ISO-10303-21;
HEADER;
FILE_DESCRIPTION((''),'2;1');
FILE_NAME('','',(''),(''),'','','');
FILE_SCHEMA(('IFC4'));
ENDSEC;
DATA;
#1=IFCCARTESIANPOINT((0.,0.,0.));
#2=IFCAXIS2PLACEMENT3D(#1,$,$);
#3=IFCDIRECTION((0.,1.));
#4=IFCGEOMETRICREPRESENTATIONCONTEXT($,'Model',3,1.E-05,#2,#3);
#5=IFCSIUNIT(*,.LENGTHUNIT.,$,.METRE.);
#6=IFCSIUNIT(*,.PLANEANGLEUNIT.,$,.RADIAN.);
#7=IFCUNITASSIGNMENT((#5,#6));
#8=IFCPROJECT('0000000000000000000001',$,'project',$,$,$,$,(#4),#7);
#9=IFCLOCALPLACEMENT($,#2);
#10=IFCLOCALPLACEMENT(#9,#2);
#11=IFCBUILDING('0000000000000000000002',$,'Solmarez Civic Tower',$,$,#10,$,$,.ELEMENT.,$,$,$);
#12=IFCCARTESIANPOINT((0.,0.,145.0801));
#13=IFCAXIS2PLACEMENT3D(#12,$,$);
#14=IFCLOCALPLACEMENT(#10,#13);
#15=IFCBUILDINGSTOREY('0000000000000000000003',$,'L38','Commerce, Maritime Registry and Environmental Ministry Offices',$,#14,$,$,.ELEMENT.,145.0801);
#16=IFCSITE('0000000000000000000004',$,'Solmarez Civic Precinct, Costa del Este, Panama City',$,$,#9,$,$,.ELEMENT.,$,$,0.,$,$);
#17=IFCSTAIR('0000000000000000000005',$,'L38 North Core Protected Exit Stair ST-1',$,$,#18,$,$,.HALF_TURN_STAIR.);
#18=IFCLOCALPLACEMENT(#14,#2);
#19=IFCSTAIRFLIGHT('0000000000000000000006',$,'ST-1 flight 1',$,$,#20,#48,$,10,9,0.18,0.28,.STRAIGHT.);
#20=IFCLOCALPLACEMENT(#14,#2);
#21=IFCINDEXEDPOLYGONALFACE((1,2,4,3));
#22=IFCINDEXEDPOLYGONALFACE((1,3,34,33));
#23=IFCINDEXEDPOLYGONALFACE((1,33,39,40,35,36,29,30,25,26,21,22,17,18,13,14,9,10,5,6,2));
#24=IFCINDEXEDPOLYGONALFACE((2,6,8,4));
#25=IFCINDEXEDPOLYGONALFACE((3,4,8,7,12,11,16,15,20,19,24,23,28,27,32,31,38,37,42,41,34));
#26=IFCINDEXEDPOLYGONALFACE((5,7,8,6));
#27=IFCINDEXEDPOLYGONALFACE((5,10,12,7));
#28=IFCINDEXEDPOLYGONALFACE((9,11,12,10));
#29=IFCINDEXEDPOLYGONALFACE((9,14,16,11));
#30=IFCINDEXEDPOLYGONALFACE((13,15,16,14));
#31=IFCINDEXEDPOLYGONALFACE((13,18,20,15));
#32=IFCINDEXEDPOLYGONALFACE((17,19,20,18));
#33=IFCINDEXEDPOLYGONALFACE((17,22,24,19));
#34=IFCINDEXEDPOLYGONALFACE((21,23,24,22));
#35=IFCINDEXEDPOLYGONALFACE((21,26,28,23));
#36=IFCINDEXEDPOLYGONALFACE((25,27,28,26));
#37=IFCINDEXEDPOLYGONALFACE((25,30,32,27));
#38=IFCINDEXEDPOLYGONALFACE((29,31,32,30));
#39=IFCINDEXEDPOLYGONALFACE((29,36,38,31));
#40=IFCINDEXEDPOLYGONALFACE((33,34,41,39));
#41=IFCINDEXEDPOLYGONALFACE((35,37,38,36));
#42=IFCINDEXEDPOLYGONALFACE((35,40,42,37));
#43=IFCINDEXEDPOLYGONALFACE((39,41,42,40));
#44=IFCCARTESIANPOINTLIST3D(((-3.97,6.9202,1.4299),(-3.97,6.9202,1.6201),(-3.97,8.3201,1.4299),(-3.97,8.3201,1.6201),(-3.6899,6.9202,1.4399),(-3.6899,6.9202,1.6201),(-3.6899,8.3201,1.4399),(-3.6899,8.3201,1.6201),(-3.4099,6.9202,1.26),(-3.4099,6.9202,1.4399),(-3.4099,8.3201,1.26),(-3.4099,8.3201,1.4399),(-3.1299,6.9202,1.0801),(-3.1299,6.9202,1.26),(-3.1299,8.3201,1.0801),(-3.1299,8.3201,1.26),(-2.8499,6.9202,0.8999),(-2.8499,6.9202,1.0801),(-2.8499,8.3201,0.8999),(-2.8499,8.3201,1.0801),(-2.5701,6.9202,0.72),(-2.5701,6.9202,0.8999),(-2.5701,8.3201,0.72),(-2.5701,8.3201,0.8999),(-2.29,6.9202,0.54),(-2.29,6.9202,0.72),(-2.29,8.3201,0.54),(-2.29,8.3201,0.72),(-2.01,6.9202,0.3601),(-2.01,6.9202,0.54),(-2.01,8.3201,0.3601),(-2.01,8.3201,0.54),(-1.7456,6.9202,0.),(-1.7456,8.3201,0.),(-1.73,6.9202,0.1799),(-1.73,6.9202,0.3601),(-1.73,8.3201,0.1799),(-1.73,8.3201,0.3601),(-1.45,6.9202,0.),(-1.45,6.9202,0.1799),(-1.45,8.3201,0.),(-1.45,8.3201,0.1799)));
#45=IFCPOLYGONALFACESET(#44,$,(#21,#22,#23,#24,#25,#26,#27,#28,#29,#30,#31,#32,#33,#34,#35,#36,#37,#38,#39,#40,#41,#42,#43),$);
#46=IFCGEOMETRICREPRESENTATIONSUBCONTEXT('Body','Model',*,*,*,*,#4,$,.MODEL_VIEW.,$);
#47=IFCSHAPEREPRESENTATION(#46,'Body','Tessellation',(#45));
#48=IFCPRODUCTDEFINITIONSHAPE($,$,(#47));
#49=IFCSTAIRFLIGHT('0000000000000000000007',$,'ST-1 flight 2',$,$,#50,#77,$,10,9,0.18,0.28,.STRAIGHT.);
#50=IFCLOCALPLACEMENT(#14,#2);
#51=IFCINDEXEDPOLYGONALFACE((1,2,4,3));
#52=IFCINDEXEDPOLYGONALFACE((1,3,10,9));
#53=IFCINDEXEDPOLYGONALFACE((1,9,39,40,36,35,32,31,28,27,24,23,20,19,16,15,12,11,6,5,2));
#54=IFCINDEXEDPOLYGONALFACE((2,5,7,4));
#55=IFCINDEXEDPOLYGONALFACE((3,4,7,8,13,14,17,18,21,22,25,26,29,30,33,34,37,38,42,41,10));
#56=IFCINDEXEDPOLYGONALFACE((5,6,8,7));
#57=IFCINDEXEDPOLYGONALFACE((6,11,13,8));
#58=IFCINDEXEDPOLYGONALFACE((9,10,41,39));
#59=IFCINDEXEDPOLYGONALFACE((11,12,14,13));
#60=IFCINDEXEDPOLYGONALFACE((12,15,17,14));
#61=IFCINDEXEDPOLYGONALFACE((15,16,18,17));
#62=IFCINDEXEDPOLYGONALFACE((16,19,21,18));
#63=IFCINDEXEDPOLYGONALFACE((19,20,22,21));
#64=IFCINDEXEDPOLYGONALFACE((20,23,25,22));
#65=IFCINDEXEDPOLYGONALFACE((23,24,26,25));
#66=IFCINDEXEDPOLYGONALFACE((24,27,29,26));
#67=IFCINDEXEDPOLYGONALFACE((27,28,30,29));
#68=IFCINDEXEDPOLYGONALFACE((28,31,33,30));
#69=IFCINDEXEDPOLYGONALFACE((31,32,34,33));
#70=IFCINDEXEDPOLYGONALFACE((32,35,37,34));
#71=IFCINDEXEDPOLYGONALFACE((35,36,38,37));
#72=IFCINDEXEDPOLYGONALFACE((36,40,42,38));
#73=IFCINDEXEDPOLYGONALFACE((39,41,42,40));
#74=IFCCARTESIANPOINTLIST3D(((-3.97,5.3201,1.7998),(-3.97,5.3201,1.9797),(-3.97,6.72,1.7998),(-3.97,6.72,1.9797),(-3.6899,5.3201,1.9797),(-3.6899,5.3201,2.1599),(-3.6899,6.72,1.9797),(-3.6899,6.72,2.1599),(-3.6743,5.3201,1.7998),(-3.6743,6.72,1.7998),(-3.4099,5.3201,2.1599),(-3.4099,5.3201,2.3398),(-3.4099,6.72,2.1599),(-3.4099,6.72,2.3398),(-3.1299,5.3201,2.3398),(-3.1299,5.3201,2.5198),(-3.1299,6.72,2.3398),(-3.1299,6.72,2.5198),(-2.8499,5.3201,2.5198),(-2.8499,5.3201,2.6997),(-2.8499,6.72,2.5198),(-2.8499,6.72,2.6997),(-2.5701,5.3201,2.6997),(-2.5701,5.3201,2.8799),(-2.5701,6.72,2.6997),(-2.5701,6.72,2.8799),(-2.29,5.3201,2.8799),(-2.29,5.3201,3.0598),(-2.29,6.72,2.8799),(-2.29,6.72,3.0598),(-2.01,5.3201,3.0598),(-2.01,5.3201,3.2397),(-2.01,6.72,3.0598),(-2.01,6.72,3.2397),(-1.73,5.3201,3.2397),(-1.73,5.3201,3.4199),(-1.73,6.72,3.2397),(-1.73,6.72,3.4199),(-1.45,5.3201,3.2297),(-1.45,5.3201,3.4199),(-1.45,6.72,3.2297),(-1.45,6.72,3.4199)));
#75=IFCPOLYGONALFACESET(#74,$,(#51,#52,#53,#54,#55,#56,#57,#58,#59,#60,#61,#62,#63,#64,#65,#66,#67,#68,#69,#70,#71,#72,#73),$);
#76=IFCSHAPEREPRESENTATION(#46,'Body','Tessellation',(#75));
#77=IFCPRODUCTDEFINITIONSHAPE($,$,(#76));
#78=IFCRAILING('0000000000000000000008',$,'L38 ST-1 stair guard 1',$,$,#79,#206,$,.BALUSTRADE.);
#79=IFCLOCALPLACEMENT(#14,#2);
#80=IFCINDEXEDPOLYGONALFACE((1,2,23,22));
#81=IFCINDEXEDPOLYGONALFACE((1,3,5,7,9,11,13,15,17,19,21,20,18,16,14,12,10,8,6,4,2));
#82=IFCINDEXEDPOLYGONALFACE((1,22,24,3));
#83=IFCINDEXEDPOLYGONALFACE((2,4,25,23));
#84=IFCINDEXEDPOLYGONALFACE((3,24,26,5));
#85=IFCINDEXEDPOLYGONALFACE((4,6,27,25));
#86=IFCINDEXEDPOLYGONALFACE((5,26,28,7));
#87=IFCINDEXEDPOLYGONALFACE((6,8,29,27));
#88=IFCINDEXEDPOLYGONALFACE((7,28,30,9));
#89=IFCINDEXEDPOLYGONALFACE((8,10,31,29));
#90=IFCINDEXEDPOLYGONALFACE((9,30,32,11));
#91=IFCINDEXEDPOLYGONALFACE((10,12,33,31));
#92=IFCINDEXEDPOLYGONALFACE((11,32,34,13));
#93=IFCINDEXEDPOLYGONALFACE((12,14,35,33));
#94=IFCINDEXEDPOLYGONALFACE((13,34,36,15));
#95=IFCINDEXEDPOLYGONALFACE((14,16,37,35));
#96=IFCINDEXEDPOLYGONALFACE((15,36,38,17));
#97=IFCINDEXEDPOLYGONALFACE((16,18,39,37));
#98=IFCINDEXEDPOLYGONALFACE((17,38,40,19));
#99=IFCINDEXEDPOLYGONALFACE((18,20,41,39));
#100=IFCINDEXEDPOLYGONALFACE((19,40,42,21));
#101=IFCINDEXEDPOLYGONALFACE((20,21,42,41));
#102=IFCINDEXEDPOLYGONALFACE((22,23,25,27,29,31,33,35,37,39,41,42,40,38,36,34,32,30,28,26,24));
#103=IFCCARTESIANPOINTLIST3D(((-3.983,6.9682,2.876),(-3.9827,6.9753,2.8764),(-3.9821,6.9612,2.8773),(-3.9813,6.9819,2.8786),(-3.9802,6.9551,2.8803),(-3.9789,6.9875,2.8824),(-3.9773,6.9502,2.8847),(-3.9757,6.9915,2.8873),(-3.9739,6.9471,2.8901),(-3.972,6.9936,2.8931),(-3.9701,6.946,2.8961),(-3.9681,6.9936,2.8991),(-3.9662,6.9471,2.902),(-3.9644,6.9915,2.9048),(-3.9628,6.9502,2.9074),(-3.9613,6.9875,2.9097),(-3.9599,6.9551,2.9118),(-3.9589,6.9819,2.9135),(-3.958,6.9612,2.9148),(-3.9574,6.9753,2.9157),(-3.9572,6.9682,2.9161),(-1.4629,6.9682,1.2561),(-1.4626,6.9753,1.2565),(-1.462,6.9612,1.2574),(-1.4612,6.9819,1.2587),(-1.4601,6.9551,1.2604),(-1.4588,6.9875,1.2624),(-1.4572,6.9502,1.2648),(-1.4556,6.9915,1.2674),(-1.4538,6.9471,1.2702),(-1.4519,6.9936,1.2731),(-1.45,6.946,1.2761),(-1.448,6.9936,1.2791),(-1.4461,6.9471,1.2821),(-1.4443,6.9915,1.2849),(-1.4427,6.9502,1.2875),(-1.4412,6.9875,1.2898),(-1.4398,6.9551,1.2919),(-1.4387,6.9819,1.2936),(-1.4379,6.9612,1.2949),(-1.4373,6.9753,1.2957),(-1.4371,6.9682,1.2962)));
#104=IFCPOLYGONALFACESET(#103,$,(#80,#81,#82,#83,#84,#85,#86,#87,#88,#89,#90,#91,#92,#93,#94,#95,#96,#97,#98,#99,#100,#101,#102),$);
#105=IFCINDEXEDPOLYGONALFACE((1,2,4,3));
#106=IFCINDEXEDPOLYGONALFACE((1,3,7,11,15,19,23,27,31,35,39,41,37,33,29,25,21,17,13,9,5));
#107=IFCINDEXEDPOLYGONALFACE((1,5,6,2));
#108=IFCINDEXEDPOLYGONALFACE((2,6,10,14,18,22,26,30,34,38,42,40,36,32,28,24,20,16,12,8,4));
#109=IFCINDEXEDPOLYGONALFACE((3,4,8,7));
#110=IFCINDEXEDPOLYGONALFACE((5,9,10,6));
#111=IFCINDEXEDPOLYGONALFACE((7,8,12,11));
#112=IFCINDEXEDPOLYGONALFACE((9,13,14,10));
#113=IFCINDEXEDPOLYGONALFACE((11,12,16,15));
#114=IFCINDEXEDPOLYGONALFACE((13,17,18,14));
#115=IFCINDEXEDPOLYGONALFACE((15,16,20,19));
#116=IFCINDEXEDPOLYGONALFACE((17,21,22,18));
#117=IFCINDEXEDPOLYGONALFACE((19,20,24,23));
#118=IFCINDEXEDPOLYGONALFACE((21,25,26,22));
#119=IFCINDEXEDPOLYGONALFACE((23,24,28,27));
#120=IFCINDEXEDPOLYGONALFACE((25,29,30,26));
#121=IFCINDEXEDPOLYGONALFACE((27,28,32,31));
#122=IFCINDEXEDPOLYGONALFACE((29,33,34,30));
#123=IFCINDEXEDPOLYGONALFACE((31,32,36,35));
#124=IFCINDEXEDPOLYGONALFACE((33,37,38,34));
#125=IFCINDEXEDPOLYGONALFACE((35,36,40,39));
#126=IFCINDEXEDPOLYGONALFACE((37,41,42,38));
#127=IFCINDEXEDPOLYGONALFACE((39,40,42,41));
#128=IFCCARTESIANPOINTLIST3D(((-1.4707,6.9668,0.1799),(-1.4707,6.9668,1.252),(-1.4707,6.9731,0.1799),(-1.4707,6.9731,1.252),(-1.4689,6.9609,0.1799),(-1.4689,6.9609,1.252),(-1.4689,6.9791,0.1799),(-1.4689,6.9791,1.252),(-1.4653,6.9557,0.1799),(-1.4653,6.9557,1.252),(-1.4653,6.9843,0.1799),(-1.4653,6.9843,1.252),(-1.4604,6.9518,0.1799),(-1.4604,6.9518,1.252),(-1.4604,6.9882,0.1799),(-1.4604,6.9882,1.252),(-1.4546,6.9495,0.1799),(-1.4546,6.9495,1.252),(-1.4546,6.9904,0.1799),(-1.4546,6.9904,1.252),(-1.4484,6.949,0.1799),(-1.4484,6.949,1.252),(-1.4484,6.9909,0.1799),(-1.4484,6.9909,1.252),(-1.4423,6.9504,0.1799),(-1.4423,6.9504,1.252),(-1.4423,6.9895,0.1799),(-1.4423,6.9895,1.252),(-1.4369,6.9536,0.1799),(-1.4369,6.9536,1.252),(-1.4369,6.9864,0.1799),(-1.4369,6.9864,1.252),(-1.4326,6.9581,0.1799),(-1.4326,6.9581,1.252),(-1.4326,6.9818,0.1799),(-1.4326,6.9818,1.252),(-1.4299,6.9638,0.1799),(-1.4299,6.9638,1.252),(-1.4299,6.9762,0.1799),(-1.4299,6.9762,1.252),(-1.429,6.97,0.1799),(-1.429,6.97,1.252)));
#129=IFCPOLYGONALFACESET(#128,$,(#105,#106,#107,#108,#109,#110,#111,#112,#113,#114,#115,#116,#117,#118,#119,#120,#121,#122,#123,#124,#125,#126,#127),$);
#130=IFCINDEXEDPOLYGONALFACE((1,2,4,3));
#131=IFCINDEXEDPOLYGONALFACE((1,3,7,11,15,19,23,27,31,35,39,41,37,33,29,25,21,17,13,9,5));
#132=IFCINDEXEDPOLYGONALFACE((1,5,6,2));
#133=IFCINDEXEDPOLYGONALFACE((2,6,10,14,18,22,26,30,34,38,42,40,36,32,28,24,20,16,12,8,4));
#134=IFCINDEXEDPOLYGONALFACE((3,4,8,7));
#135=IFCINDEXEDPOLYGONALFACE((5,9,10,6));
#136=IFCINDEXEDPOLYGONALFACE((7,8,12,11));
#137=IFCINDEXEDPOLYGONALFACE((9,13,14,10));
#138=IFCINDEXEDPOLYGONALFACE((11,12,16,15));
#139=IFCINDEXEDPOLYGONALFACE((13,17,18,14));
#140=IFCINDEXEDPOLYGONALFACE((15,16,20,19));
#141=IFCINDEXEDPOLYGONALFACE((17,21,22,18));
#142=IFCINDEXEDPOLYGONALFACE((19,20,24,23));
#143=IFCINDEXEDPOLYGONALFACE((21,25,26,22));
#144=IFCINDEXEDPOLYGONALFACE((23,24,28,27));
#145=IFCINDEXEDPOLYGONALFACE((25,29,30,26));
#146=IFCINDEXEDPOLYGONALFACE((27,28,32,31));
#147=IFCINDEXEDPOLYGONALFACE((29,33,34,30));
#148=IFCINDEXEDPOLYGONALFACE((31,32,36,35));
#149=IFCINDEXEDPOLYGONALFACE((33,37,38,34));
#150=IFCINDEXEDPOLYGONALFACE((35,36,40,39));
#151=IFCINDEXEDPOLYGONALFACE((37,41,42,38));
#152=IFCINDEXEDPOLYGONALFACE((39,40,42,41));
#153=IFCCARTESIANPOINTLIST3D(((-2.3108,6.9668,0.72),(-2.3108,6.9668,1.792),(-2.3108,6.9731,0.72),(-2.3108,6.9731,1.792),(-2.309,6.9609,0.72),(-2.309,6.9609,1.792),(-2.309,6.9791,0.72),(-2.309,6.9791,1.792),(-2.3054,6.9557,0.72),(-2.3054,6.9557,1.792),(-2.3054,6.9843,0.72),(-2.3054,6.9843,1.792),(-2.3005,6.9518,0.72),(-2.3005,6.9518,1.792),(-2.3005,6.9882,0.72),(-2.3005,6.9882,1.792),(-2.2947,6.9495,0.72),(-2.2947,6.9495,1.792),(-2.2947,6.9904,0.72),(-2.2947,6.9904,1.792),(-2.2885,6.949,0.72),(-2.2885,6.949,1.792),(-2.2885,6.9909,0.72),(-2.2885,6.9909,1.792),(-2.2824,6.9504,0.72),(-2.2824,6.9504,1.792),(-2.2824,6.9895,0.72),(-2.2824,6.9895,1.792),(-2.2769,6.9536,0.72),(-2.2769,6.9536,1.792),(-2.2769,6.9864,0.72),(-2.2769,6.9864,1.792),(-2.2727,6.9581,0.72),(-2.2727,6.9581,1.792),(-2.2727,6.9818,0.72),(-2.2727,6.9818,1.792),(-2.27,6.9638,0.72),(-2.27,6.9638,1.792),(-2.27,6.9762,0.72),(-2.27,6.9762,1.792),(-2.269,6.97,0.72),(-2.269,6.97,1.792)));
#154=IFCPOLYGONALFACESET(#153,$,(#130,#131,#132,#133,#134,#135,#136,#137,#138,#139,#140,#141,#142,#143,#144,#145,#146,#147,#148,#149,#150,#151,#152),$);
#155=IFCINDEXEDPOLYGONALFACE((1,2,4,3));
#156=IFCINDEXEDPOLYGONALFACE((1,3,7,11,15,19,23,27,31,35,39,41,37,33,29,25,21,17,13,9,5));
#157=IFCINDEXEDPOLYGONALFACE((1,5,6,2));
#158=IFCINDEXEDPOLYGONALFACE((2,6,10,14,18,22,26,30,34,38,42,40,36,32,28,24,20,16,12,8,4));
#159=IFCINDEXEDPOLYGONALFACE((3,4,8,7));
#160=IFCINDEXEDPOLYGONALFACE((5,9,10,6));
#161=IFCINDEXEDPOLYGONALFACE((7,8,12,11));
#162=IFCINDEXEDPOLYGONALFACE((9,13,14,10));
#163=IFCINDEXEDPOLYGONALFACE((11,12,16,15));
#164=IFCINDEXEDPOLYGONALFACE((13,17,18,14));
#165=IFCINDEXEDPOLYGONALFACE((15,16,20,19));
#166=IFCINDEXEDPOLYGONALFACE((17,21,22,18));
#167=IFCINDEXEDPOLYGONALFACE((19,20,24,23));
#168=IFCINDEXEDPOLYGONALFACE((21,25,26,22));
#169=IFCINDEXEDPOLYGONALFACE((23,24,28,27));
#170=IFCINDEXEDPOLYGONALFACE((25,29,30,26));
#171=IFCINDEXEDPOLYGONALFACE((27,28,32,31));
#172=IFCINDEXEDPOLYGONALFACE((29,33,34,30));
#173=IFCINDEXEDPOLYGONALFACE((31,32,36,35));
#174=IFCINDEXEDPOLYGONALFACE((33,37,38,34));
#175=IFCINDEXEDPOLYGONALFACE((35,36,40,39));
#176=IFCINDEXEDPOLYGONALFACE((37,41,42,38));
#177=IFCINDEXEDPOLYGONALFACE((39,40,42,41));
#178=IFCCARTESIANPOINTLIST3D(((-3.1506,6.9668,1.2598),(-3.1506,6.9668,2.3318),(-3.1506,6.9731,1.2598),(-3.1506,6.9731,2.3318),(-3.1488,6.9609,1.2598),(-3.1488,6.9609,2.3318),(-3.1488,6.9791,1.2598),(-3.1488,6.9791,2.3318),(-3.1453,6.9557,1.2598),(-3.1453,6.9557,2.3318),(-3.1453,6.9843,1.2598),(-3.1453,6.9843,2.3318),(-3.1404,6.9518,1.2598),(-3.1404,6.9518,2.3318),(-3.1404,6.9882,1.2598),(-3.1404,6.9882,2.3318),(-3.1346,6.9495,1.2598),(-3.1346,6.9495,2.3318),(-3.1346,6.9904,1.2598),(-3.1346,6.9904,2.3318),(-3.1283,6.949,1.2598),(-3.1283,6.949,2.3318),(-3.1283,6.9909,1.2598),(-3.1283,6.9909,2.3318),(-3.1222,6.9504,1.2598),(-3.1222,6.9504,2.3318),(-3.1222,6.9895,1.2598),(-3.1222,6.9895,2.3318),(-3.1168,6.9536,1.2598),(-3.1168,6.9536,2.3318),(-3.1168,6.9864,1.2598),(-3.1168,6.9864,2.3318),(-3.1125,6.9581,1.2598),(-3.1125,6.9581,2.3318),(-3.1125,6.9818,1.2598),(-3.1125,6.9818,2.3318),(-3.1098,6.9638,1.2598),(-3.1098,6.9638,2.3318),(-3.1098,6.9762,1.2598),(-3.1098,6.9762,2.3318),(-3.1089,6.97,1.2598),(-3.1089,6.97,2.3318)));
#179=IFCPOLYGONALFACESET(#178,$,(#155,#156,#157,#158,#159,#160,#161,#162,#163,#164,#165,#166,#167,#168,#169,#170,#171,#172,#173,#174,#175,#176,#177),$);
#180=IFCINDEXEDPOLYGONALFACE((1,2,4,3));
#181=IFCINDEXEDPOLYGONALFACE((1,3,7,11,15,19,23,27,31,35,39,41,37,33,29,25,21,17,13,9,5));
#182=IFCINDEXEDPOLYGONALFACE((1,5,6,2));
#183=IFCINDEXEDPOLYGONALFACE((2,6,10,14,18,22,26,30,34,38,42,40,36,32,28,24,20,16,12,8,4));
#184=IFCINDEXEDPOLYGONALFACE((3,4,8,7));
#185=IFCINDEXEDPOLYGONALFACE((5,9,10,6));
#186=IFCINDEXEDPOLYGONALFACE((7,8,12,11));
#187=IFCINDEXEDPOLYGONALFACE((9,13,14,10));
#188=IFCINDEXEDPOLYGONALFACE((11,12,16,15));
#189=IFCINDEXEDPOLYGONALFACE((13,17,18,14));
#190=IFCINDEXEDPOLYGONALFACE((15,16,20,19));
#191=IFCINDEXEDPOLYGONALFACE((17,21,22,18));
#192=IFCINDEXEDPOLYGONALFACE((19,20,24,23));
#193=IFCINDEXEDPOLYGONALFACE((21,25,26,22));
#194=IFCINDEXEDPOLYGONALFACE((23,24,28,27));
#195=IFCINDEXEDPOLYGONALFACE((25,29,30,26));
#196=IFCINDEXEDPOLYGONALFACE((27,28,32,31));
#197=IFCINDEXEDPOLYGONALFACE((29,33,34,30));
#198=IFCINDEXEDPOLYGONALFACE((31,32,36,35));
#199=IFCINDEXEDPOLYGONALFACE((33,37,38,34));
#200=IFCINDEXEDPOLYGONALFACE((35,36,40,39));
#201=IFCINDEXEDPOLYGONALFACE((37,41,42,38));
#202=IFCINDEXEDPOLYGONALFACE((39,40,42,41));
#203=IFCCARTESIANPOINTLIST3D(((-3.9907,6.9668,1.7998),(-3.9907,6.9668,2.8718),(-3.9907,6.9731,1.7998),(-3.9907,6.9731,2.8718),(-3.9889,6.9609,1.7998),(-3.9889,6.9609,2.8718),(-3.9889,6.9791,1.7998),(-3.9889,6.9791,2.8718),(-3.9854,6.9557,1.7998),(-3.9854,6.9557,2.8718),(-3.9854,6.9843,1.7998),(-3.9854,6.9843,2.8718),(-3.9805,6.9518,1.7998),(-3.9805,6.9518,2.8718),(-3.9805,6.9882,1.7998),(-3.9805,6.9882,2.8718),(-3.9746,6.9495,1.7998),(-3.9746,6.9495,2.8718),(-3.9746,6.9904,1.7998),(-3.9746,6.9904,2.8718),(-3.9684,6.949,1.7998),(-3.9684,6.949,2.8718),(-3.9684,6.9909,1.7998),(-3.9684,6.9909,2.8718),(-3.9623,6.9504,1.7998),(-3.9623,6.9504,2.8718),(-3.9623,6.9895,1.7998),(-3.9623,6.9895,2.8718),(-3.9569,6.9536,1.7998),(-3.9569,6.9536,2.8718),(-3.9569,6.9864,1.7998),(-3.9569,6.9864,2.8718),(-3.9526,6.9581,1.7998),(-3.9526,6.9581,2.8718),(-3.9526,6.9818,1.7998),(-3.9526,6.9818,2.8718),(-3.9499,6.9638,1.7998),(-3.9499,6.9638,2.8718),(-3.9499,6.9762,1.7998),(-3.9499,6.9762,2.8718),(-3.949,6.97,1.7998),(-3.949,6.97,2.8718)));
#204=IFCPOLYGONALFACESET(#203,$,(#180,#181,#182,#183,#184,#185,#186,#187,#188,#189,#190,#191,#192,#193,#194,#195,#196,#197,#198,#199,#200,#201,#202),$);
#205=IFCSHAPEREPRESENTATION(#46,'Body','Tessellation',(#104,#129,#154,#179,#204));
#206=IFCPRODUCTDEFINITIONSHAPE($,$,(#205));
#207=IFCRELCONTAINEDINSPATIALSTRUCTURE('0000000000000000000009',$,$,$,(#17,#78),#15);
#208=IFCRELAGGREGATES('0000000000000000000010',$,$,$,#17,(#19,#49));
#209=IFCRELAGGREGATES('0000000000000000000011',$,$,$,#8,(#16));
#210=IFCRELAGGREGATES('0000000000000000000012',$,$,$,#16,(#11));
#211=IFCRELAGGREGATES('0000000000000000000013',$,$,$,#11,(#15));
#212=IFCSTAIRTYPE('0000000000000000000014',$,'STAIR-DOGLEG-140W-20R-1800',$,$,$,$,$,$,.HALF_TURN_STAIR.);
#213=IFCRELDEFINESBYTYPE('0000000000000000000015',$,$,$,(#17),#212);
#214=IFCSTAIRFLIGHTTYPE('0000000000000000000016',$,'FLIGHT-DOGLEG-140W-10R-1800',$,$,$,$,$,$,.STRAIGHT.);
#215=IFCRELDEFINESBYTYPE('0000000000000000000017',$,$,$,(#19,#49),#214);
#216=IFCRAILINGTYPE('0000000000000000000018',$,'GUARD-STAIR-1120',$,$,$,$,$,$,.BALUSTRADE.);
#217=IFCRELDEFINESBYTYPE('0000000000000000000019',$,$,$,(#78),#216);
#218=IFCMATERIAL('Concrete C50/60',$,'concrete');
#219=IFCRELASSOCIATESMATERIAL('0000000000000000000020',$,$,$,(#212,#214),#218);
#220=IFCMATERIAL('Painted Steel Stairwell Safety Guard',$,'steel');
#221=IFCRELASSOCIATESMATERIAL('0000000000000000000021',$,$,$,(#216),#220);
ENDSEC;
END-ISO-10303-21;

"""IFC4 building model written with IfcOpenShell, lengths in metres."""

from ifc_helpers import new_model, si_unit, direction, frame, origin, origin_2d, place, context, subcontext, project, spatial, polyline, circle, outline, extrude, material, type_object, element, aggregate, save


model = new_model("IFC4")

# Units and contexts
model_context = context("Model", 3, precision=1e-05, world=origin(), true_north=direction((0.0, 1.0)))
body_context = subcontext(model_context, "Body", "Model", "MODEL_VIEW")
ifc_project = project(units=[si_unit("LENGTHUNIT", "METRE"), si_unit("PLANEANGLEUNIT", "RADIAN")], contexts=[model_context])

# Site, building, storey
site_placement = place(None, origin())
site = spatial("IfcSite", under=ifc_project, at=site_placement, Name="Solmarez Civic Precinct, Costa del Este, Panama City", CompositionType="ELEMENT", RefElevation=0.0)
building_placement = place(site_placement, origin())
building = spatial("IfcBuilding", under=site, at=building_placement, Name="Solmarez Civic Tower", CompositionType="ELEMENT")
storey_placement = place(building_placement, frame((0.0, 0.0, 145.0801)))
storey = spatial("IfcBuildingStorey", under=building, at=storey_placement, Name="L38", Description="Commerce, Maritime Registry and Environmental Ministry Offices", CompositionType="ELEMENT", Elevation=145.0801)

# Shared definitions
ifc_material_1 = material(Name="Concrete C50/60", Category="concrete")

# Stair, stair flights
stair_type = type_object("IfcStairType", Name="STAIR-DOGLEG-140W-20R-1800", PredefinedType="HALF_TURN_STAIR", material=ifc_material_1)
stair_placement = place(storey_placement, origin())
stair = element("IfcStair", 1, at=stair_placement, inside=storey, type_object=stair_type, Name="L38 North Core Protected Exit Stair ST-1", PredefinedType="HALF_TURN_STAIR")
stair_flight_type = type_object("IfcStairFlightType", Name="FLIGHT-DOGLEG-140W-10R-1800", PredefinedType="STRAIGHT", material=ifc_material_1)
stair_flight_1_placement = place(storey_placement, frame((-1.45, 7.6201, 0.0), z_axis=(0.0, 0.0, 1.0), x_axis=(-1.0, 0.0, 0.0)))
stair_flight_1 = element("IfcStairFlight", 2, at=stair_flight_1_placement, type_object=stair_flight_type, Name="ST-1 flight 1", NumberOfRisers=10, NumberOfTreads=9, PredefinedType="STRAIGHT", RiserHeight=0.18, TreadLength=0.28, context=body_context, shape_type="SweptSolid", body=[
    extrude(outline(polyline([(0.0, 0.0), (0.0, 0.1799), (0.28, 0.1799), (0.28, 0.3601), (0.5601, 0.3601), (0.5601, 0.54), (0.8401, 0.54), (0.8401, 0.72), (1.1201, 0.72), (1.1201, 0.8999), (1.3999, 0.8999), (1.3999, 1.0801), (1.6799, 1.0801), (1.6799, 1.26), (1.96, 1.26), (1.96, 1.4399), (2.24, 1.4399), (2.24, 1.6201), (2.52, 1.6201), (2.52, 1.8), (2.52, 1.4299), (0.2957, 0.0), (0.0, 0.0)])), frame((0.0, 0.7, 0.0), z_axis=(0.0, -1.0, 0.0), x_axis=(1.0, 0.0, 0.0)), (0.0, 0.0, 1.0), 1.3999),
])
stair_flight_2_placement = place(storey_placement, frame((-3.97, 6.02, 1.7998), z_axis=(0.0, 0.0, 1.0), x_axis=(1.0, 0.0, 0.0)))
stair_flight_2 = element("IfcStairFlight", 3, at=stair_flight_2_placement, type_object=stair_flight_type, Name="ST-1 flight 2", NumberOfRisers=10, NumberOfTreads=9, PredefinedType="STRAIGHT", RiserHeight=0.18, TreadLength=0.28, context=body_context, shape_type="SweptSolid", body=[
    extrude(outline(polyline([(0.0, 0.0), (0.0, 0.1799), (0.28, 0.1799), (0.28, 0.3601), (0.5601, 0.3601), (0.5601, 0.54), (0.8401, 0.54), (0.8401, 0.72), (1.1201, 0.72), (1.1201, 0.8999), (1.3999, 0.8999), (1.3999, 1.0801), (1.6799, 1.0801), (1.6799, 1.26), (1.96, 1.26), (1.96, 1.4399), (2.24, 1.4399), (2.24, 1.6201), (2.52, 1.6201), (2.52, 1.8), (2.52, 1.4299), (0.2957, 0.0), (0.0, 0.0)])), frame((0.0, 0.7, 0.0), z_axis=(0.0, -1.0, 0.0), x_axis=(1.0, 0.0, 0.0)), (0.0, 0.0, 1.0), 1.3999),
])
aggregate(stair, [stair_flight_1, stair_flight_2])

# Railing
ifc_material_2 = material(Name="Painted Steel Stairwell Safety Guard", Category="steel")
railing_type_1 = type_object("IfcRailingType", Name="GUARD-STAIR-1120", PredefinedType="BALUSTRADE", material=ifc_material_2)
railing_1_placement = place(storey_placement, frame((-1.45, 6.97, 0.1799)))
element("IfcRailing", 4, at=railing_1_placement, inside=storey, type_object=railing_type_1, Name="L38 ST-1 stair guard 1", PredefinedType="BALUSTRADE", context=body_context, shape_type="SweptSolid", body=[
    extrude(circle(Radius=0.0239, at=origin_2d()), frame((0.0, 0.0, 1.0962), z_axis=(-0.8412, 0.0, 0.540725), x_axis=(0.0, -1.0, 0.0)), (0.0, 0.0, 1.0), 2.9958),
    extrude(circle(Radius=0.021, at=origin_2d()), origin(), (0.0, 0.0, 1.0), 1.072),
    extrude(circle(Radius=0.021, at=origin_2d()), frame((-0.8401, 0.0, 0.54)), (0.0, 0.0, 1.0), 1.072),
    extrude(circle(Radius=0.021, at=origin_2d()), frame((-1.6799, 0.0, 1.0798)), (0.0, 0.0, 1.0), 1.072),
    extrude(circle(Radius=0.021, at=origin_2d()), frame((-2.52, 0.0, 1.6199)), (0.0, 0.0, 1.0), 1.072),
])

save(model, "model.ifc")
